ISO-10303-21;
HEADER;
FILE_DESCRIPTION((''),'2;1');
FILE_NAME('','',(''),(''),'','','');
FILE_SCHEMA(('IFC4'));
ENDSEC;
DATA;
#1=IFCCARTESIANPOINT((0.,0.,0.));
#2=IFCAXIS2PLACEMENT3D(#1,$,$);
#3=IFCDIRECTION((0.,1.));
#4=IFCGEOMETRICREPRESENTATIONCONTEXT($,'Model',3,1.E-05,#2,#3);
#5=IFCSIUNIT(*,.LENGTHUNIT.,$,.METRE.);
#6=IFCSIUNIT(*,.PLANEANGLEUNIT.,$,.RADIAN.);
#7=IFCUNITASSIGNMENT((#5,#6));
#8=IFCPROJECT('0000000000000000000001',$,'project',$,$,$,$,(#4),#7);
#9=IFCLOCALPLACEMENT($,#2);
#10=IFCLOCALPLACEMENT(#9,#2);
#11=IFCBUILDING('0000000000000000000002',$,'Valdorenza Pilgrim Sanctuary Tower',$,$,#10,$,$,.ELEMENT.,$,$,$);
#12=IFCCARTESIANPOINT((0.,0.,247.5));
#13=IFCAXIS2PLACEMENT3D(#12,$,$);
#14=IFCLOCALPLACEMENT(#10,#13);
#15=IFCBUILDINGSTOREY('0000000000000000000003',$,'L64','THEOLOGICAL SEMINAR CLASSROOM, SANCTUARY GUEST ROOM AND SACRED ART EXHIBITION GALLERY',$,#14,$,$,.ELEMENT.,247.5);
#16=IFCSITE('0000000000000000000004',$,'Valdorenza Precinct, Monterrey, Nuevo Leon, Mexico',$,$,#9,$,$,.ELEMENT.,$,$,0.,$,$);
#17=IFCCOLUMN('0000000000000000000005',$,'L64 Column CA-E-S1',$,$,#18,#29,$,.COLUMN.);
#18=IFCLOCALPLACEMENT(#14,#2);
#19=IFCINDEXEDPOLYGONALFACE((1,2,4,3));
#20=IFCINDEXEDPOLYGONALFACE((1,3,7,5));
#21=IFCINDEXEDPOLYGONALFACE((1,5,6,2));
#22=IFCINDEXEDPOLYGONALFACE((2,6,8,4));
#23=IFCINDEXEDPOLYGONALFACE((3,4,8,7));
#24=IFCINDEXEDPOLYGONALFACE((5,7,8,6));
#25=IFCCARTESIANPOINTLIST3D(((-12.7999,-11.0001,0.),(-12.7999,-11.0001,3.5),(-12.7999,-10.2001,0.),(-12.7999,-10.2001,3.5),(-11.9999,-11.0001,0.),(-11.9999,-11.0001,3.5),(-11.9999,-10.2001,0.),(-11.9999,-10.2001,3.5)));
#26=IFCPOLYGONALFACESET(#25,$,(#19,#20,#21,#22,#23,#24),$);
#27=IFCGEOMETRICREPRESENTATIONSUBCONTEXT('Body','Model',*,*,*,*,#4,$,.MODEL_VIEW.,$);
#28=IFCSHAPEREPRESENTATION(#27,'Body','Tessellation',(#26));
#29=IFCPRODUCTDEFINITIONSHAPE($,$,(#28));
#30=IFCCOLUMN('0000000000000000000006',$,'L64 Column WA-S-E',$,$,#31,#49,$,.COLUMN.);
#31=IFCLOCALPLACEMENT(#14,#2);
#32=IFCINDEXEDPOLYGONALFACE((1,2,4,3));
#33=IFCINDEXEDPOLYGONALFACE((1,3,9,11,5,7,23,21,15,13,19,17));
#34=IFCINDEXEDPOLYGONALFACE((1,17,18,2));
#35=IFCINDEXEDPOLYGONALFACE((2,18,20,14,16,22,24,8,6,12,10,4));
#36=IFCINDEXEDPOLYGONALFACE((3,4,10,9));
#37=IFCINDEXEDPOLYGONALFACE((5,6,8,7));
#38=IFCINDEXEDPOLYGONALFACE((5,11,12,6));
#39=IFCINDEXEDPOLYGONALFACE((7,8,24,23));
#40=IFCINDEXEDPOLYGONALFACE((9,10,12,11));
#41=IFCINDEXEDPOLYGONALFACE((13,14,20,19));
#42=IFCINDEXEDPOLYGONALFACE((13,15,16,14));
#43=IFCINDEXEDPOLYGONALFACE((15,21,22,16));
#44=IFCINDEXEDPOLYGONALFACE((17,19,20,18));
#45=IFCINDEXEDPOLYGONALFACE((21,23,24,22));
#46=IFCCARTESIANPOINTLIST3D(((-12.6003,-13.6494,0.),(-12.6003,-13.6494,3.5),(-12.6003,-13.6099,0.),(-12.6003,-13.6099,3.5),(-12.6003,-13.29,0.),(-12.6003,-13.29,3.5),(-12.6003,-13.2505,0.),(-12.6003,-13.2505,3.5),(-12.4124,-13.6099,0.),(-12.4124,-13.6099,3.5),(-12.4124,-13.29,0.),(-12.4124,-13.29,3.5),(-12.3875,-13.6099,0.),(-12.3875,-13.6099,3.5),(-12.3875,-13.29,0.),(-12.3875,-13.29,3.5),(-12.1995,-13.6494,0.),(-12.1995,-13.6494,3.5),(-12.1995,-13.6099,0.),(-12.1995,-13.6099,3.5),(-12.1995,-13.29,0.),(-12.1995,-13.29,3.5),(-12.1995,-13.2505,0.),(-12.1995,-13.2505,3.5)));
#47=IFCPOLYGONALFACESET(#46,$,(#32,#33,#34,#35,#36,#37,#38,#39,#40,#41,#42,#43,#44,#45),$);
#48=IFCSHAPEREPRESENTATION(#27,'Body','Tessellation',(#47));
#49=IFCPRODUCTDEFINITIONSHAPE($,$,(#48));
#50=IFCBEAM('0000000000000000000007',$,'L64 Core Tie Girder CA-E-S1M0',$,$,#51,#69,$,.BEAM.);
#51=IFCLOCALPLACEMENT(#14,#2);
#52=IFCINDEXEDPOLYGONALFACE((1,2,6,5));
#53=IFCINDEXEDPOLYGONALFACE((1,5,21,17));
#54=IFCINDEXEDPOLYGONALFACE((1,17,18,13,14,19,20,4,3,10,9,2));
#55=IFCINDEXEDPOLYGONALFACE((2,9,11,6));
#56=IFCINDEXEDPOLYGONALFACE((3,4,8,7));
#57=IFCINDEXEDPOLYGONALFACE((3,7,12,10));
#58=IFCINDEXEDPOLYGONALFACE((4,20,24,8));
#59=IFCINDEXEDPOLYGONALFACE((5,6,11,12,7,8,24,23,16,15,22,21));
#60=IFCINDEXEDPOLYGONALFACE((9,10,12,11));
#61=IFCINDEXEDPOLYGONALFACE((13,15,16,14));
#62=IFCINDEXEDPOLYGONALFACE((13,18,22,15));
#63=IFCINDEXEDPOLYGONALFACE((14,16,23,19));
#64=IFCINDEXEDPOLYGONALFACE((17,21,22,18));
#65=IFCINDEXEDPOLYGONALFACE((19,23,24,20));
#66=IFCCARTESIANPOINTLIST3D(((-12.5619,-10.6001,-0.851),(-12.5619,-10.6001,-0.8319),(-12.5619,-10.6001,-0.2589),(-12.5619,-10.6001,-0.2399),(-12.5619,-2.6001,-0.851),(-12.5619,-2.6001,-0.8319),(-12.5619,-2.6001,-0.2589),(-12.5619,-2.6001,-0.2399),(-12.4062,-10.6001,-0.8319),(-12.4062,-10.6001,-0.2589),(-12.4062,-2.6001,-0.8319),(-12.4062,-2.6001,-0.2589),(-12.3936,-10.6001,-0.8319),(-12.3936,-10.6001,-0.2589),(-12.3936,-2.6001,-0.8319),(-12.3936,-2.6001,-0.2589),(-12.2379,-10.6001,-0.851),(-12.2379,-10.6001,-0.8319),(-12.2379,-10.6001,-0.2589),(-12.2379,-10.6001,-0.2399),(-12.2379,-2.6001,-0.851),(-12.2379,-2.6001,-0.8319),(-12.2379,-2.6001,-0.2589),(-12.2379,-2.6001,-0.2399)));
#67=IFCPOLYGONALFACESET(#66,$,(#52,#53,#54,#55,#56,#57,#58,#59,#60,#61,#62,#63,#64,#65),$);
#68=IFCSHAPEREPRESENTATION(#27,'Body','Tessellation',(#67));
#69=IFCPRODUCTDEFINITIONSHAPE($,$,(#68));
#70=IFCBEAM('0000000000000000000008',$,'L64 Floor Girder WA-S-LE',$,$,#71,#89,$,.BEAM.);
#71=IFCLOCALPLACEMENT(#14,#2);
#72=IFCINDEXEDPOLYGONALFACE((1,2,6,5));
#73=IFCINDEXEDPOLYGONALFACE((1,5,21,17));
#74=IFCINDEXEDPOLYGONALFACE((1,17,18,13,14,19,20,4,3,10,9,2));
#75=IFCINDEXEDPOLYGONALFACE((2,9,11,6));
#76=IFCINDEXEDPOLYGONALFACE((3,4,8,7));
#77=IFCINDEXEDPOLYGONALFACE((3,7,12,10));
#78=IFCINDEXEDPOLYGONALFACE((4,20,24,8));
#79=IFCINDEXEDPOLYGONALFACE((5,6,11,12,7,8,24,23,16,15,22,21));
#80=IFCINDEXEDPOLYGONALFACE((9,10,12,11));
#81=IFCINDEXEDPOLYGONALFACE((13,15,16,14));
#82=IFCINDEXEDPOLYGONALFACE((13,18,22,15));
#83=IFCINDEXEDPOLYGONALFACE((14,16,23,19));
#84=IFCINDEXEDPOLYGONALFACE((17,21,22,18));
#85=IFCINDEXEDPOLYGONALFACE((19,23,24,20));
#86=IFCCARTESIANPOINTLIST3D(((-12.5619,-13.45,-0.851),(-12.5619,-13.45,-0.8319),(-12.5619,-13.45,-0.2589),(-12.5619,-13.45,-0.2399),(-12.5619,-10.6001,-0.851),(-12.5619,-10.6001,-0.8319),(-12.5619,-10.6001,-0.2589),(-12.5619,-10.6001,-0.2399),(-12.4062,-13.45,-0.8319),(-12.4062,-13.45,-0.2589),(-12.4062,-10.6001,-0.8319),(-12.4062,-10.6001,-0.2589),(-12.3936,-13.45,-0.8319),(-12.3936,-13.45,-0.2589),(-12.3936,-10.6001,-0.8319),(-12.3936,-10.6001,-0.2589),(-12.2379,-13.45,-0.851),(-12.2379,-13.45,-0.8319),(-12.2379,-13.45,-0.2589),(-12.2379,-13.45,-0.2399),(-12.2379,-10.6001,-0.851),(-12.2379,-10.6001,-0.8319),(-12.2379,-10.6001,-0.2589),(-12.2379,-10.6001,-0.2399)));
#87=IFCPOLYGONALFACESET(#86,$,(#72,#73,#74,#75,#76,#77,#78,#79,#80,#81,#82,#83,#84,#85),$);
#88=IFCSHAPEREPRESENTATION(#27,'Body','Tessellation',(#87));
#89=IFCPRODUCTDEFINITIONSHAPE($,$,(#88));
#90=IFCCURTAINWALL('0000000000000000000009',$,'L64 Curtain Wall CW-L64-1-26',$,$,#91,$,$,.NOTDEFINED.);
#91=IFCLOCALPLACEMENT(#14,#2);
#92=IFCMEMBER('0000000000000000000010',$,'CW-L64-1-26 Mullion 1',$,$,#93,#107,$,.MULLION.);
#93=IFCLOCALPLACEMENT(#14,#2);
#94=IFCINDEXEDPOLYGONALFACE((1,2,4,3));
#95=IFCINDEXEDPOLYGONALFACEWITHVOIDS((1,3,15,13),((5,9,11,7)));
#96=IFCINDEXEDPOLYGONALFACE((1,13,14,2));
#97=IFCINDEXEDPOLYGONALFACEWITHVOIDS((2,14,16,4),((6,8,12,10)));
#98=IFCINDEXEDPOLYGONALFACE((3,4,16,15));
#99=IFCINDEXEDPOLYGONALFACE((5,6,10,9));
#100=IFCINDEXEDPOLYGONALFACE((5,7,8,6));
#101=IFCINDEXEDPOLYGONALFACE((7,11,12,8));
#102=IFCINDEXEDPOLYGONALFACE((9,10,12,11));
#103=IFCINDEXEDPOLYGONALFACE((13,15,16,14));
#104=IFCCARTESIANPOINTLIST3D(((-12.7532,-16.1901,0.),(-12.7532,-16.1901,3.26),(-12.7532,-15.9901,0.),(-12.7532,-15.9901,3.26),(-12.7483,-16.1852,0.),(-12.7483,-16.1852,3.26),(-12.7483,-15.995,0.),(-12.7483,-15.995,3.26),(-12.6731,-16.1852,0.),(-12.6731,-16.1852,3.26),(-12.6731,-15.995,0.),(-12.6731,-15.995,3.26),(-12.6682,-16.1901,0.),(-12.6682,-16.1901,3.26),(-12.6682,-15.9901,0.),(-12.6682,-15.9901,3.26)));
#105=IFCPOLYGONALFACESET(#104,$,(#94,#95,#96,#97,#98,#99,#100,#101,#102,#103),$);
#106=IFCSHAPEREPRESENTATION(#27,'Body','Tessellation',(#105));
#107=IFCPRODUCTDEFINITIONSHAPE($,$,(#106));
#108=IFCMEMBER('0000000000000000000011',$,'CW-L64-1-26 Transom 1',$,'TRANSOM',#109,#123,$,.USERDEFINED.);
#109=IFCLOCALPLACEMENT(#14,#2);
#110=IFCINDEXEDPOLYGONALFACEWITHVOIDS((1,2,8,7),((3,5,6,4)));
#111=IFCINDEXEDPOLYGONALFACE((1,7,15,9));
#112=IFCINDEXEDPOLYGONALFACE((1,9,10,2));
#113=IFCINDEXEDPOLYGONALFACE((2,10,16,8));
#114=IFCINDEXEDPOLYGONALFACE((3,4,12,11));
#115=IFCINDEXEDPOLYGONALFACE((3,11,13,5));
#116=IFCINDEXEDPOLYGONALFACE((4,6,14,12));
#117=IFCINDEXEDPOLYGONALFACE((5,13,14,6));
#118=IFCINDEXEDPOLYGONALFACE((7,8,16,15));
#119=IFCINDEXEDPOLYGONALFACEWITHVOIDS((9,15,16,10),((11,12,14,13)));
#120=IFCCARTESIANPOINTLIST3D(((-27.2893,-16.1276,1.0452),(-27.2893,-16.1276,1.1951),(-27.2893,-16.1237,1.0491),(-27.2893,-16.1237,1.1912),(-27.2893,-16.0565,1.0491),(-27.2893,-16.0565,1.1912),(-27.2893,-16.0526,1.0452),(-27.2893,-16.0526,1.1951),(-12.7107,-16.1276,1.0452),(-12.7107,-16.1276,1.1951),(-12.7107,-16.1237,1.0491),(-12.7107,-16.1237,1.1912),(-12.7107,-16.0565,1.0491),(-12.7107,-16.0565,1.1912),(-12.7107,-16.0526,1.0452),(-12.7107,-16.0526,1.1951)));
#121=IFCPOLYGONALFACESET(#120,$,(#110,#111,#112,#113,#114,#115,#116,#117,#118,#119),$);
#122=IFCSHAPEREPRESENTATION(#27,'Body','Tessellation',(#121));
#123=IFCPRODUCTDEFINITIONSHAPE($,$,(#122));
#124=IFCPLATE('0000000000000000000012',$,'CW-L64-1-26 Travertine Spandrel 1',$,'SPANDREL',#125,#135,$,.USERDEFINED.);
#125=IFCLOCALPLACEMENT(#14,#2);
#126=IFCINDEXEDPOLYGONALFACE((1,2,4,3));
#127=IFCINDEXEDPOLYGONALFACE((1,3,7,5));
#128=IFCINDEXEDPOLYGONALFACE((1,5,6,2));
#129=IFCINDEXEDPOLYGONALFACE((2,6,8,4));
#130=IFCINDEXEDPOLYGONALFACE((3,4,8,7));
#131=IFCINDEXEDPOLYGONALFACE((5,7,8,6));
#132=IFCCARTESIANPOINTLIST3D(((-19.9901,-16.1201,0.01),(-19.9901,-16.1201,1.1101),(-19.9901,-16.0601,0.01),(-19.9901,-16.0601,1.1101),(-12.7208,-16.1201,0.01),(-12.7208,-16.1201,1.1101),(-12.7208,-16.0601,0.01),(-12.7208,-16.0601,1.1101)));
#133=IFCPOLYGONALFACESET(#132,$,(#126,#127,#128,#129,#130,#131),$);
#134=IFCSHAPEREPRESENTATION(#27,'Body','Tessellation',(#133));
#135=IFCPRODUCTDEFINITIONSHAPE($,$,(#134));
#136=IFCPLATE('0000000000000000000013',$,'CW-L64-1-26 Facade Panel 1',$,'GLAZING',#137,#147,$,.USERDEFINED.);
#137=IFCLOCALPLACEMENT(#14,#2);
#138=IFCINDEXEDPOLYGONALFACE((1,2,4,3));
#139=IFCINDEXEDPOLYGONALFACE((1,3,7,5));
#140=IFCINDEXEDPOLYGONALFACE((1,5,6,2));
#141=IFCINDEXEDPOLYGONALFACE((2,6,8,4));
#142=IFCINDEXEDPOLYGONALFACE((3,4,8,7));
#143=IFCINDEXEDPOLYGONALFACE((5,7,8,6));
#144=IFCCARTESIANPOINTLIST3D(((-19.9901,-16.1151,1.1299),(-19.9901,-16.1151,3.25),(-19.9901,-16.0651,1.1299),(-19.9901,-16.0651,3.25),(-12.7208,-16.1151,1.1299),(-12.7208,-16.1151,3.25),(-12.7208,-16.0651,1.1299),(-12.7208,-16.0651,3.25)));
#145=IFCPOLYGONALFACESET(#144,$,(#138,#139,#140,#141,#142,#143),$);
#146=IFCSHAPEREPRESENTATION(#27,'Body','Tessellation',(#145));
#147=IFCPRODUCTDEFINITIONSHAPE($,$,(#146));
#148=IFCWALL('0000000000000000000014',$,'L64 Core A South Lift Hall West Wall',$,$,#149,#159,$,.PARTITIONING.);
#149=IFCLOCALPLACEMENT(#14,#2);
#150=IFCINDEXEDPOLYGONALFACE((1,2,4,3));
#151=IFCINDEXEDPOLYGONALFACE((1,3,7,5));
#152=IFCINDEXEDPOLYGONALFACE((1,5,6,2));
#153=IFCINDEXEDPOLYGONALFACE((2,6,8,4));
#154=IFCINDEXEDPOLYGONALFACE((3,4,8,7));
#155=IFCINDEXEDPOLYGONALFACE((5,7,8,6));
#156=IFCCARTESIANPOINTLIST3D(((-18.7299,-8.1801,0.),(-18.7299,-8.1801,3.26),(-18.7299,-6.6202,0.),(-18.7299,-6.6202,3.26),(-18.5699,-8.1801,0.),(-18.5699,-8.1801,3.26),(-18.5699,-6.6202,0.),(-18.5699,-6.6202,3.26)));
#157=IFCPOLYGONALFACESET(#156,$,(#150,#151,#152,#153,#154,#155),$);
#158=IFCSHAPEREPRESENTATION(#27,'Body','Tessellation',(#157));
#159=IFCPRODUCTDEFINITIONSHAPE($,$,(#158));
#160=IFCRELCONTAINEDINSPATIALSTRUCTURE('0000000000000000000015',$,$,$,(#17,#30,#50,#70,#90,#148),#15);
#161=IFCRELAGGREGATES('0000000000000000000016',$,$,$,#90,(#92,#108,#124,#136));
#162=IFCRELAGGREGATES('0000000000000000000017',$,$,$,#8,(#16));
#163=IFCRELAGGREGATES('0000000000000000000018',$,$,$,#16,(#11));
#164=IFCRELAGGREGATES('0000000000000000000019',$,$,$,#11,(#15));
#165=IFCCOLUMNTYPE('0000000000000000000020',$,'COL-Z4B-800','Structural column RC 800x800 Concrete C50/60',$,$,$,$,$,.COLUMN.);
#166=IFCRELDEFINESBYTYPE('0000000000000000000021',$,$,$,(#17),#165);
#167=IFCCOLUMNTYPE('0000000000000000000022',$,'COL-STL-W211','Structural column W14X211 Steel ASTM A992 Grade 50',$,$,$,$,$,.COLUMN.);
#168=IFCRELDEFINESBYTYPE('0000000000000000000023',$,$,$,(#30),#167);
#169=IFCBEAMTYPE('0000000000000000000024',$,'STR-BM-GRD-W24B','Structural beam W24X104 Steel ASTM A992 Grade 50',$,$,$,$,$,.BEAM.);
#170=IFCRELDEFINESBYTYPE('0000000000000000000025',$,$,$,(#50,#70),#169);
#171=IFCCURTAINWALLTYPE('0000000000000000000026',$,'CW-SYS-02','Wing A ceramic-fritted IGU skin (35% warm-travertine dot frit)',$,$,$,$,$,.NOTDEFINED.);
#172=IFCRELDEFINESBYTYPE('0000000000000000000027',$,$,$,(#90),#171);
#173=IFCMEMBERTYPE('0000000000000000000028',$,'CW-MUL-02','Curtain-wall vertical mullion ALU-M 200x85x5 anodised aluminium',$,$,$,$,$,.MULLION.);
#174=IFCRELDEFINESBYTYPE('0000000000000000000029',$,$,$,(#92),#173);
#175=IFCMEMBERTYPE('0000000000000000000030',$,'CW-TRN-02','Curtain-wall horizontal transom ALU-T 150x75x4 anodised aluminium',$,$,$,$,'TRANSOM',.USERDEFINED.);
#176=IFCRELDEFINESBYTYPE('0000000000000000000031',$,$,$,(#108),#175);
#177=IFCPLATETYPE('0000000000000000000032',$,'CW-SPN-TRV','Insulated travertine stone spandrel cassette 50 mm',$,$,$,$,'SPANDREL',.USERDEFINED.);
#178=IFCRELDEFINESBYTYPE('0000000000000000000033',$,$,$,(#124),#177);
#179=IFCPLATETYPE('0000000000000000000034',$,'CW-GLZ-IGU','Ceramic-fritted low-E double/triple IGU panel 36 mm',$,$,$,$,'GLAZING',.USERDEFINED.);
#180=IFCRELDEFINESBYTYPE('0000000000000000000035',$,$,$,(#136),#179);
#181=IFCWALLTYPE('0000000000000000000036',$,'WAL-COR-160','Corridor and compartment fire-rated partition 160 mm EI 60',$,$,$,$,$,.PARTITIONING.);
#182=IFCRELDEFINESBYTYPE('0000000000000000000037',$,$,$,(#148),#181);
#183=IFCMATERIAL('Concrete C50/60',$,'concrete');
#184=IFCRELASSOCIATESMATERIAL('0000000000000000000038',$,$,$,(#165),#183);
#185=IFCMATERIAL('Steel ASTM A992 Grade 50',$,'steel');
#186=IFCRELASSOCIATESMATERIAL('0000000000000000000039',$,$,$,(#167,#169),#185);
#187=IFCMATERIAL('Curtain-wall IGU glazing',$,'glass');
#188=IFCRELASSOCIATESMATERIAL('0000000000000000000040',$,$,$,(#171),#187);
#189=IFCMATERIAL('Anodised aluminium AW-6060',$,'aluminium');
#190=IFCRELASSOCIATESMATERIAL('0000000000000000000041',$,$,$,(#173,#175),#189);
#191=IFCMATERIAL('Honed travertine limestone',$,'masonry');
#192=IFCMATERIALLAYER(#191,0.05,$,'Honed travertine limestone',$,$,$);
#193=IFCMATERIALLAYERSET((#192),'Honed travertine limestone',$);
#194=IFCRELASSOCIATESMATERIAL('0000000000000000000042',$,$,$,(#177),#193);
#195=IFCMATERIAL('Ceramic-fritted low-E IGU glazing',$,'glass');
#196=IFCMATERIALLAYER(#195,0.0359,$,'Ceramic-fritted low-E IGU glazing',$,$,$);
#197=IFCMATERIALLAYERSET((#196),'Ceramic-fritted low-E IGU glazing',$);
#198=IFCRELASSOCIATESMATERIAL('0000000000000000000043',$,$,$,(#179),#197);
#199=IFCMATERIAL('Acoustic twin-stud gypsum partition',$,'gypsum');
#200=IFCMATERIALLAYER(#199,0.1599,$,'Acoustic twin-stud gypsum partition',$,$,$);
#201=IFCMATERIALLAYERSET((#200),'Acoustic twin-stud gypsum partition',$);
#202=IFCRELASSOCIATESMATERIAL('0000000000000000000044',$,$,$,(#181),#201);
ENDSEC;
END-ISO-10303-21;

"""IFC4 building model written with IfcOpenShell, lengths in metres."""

from ifc_helpers import new_model, si_unit, direction, frame, frame_2d, origin, origin_2d, place, context, subcontext, project, spatial, rectangle, hollow_rectangle, i_section, extrude, source, transform, mapped, material, layer, layer_set, material_profile, profile_set, type_object, element, aggregate, save


model = new_model("IFC4")

# Units and contexts
model_context = context("Model", 3, precision=1e-05, world=origin(), true_north=direction((0.0, 1.0)))
body_context = subcontext(model_context, "Body", "Model", "MODEL_VIEW")
ifc_project = project(units=[si_unit("LENGTHUNIT", "METRE"), si_unit("PLANEANGLEUNIT", "RADIAN")], contexts=[model_context])

# Site, building, storey
site_placement = place(None, origin())
site = spatial("IfcSite", under=ifc_project, at=site_placement, Name="Valdorenza Precinct, Monterrey, Nuevo Leon, Mexico", CompositionType="ELEMENT", RefElevation=0.0)
building_placement = place(site_placement, origin())
building = spatial("IfcBuilding", under=site, at=building_placement, Name="Valdorenza Pilgrim Sanctuary Tower", CompositionType="ELEMENT")
storey_placement = place(building_placement, frame((0.0, 0.0, 247.5)))
storey = spatial("IfcBuildingStorey", under=building, at=storey_placement, Name="L64", Description="THEOLOGICAL SEMINAR CLASSROOM, SANCTUARY GUEST ROOM AND SACRED ART EXHIBITION GALLERY", CompositionType="ELEMENT", Elevation=247.5)

# Columns
ifc_material_1 = material(Name="Concrete C50/60", Category="concrete")
ifc_material_profile_1 = material_profile(ifc_material_1, rectangle(XDim=0.8, YDim=0.8, at=origin_2d()), Name="RC 800x800")
ifc_profile_set_1 = profile_set([ifc_material_profile_1], Name="Concrete C50/60")
column_type_1 = type_object("IfcColumnType", Name="COL-Z4B-800", Description="Structural column RC 800x800 Concrete C50/60", PredefinedType="COLUMN", material=ifc_profile_set_1)
shared_shape_1 = source(origin(), body_context, "Body", "SweptSolid", [
    extrude(rectangle(XDim=0.8, YDim=0.8, at=origin_2d()), origin(), (0.0, 0.0, 1.0), 3.5),
])
column_1_placement = place(storey_placement, frame((-12.3999, -10.6001, 0.0), z_axis=(0.0, 0.0, 1.0), x_axis=(1.0, 0.0, 0.0)))
element("IfcColumn", 1, at=column_1_placement, inside=storey, type_object=column_type_1, Name="L64 Column CA-E-S1", PredefinedType="COLUMN", context=body_context, shape_type="MappedRepresentation", body=[
    mapped(shared_shape_1, transform((0.0, 0.0, 0.0), x_axis=(1.0, 0.0, 0.0), y_axis=(0.0, 1.0, 0.0), z_axis=(0.0, 0.0, 1.0), scale=1.0)),
])
ifc_material_2 = material(Name="Steel ASTM A992 Grade 50", Category="steel")
ifc_material_profile_2 = material_profile(ifc_material_2, i_section(OverallWidth=0.4009, OverallDepth=0.3989, WebThickness=0.0249, FlangeThickness=0.0396, at=origin_2d()), Name="W14X211")
ifc_profile_set_2 = profile_set([ifc_material_profile_2], Name="Steel ASTM A992 Grade 50")
column_type_2 = type_object("IfcColumnType", Name="COL-STL-W211", Description="Structural column W14X211 Steel ASTM A992 Grade 50", PredefinedType="COLUMN", material=ifc_profile_set_2)
shared_shape_2 = source(origin(), body_context, "Body", "SweptSolid", [
    extrude(i_section(OverallWidth=0.4009, OverallDepth=0.3989, WebThickness=0.0249, FlangeThickness=0.0396, at=origin_2d()), origin(), (0.0, 0.0, 1.0), 3.5),
])
column_2_placement = place(storey_placement, frame((-12.3999, -13.45, 0.0), z_axis=(0.0, 0.0, 1.0), x_axis=(1.0, 0.0, 0.0)))
element("IfcColumn", 2, at=column_2_placement, inside=storey, type_object=column_type_2, Name="L64 Column WA-S-E", PredefinedType="COLUMN", context=body_context, shape_type="MappedRepresentation", body=[
    mapped(shared_shape_2, transform((0.0, 0.0, 0.0), x_axis=(1.0, 0.0, 0.0), y_axis=(0.0, 1.0, 0.0), z_axis=(0.0, 0.0, 1.0), scale=1.0)),
])

# Beams
ifc_material_profile_3 = material_profile(ifc_material_2, i_section(OverallWidth=0.324, OverallDepth=0.6111, WebThickness=0.0127, FlangeThickness=0.019, at=origin_2d()), Name="W24X104")
ifc_profile_set_3 = profile_set([ifc_material_profile_3], Name="Steel ASTM A992 Grade 50")
beam_type = type_object("IfcBeamType", Name="STR-BM-GRD-W24B", Description="Structural beam W24X104 Steel ASTM A992 Grade 50", PredefinedType="BEAM", material=ifc_profile_set_3)
shared_shape_3 = source(origin(), body_context, "Body", "SweptSolid", [
    extrude(i_section(OverallWidth=0.324, OverallDepth=0.6111, WebThickness=0.0127, FlangeThickness=0.019, at=origin_2d()), origin(), (0.0, 0.0, 1.0), 8.0),
])
beam_1_placement = place(storey_placement, frame((-12.3999, -10.6001, -0.5454), z_axis=(0.0, 1.0, 0.0), x_axis=(-1.0, 0.0, 0.0)))
element("IfcBeam", 3, at=beam_1_placement, inside=storey, type_object=beam_type, Name="L64 Core Tie Girder CA-E-S1M0", PredefinedType="BEAM", context=body_context, shape_type="MappedRepresentation", body=[
    mapped(shared_shape_3, transform((0.0, 0.0, 0.0), x_axis=(1.0, 0.0, 0.0), y_axis=(0.0, 1.0, 0.0), z_axis=(0.0, 0.0, 1.0), scale=1.0)),
])
shared_shape_4 = source(origin(), body_context, "Body", "SweptSolid", [
    extrude(i_section(OverallWidth=0.324, OverallDepth=0.6111, WebThickness=0.0127, FlangeThickness=0.019, at=origin_2d()), origin(), (0.0, 0.0, 1.0), 2.8499),
])
beam_2_placement = place(storey_placement, frame((-12.3999, -13.45, -0.5454), z_axis=(0.0, 1.0, 0.0), x_axis=(-1.0, 0.0, 0.0)))
element("IfcBeam", 4, at=beam_2_placement, inside=storey, type_object=beam_type, Name="L64 Floor Girder WA-S-LE", PredefinedType="BEAM", context=body_context, shape_type="MappedRepresentation", body=[
    mapped(shared_shape_4, transform((0.0, 0.0, 0.0), x_axis=(1.0, 0.0, 0.0), y_axis=(0.0, 1.0, 0.0), z_axis=(0.0, 0.0, 1.0), scale=1.0)),
])

# Curtain wall, members, plates
ifc_material_3 = material(Name="Curtain-wall IGU glazing", Category="glass")
curtain_wall_type = type_object("IfcCurtainWallType", Name="CW-SYS-02", Description="Wing A ceramic-fritted IGU skin (35% warm-travertine dot frit)", PredefinedType="NOTDEFINED", material=ifc_material_3)
curtain_wall_placement = place(storey_placement, origin())
curtain_wall = element("IfcCurtainWall", 5, at=curtain_wall_placement, inside=storey, type_object=curtain_wall_type, Name="L64 Curtain Wall CW-L64-1-26", PredefinedType="NOTDEFINED")
ifc_material_4 = material(Name="Anodised aluminium AW-6060", Category="aluminium")
ifc_material_profile_4 = material_profile(ifc_material_4, hollow_rectangle(XDim=0.085, YDim=0.2, WallThickness=0.0049, at=origin_2d()), Name="ALU-M 200x85x5")
ifc_profile_set_4 = profile_set([ifc_material_profile_4], Name="Anodised aluminium AW-6060")
member_type_1 = type_object("IfcMemberType", Name="CW-MUL-02", Description="Curtain-wall vertical mullion ALU-M 200x85x5 anodised aluminium", PredefinedType="MULLION", material=ifc_profile_set_4)
shared_shape_5 = source(origin(), body_context, "Body", "SweptSolid", [
    extrude(hollow_rectangle(XDim=0.085, YDim=0.2, WallThickness=0.0049, at=origin_2d()), origin(), (0.0, 0.0, 1.0), 3.26),
])
member_1_placement = place(storey_placement, frame((-12.7107, -16.0901, 0.0), z_axis=(0.0, 0.0, 1.0), x_axis=(-1.0, 0.0, 0.0)))
member_1 = element("IfcMember", 6, at=member_1_placement, type_object=member_type_1, Name="CW-L64-1-26 Mullion 1", PredefinedType="MULLION", context=body_context, shape_type="MappedRepresentation", body=[
    mapped(shared_shape_5, transform((0.0, 0.0, 0.0), x_axis=(1.0, 0.0, 0.0), y_axis=(0.0, 1.0, 0.0), z_axis=(0.0, 0.0, 1.0), scale=1.0)),
])
ifc_material_profile_5 = material_profile(ifc_material_4, hollow_rectangle(XDim=0.075, YDim=0.1499, WallThickness=0.0039, at=origin_2d()), Name="ALU-T 150x75x4")
ifc_profile_set_5 = profile_set([ifc_material_profile_5], Name="Anodised aluminium AW-6060")
member_type_2 = type_object("IfcMemberType", Name="CW-TRN-02", Description="Curtain-wall horizontal transom ALU-T 150x75x4 anodised aluminium", ElementType="TRANSOM", PredefinedType="USERDEFINED", material=ifc_profile_set_5)
shared_shape_6 = source(origin(), body_context, "Body", "SweptSolid", [
    extrude(hollow_rectangle(XDim=0.075, YDim=0.1499, WallThickness=0.0039, at=origin_2d()), origin(), (0.0, 0.0, 1.0), 14.5786),
])
member_2_placement = place(storey_placement, frame((-12.7107, -16.0901, 1.1201), z_axis=(-1.0, 0.0, 0.0), x_axis=(0.0, -1.0, 0.0)))
member_2 = element("IfcMember", 7, at=member_2_placement, type_object=member_type_2, Name="CW-L64-1-26 Transom 1", ObjectType="TRANSOM", PredefinedType="USERDEFINED", context=body_context, shape_type="MappedRepresentation", body=[
    mapped(shared_shape_6, transform((0.0, 0.0, 0.0), x_axis=(1.0, 0.0, 0.0), y_axis=(0.0, 1.0, 0.0), z_axis=(0.0, 0.0, 1.0), scale=1.0)),
])
ifc_material_5 = material(Name="Honed travertine limestone", Category="masonry")
ifc_layer_1 = layer(ifc_material_5, 0.05, Name="Honed travertine limestone")
ifc_layer_set_1 = layer_set([ifc_layer_1], Name="Honed travertine limestone")
plate_type_1 = type_object("IfcPlateType", Name="CW-SPN-TRV", Description="Insulated travertine stone spandrel cassette 50 mm", ElementType="SPANDREL", PredefinedType="USERDEFINED", material=ifc_layer_set_1)
shared_shape_7 = source(origin(), body_context, "Body", "SweptSolid", [
    extrude(rectangle(XDim=7.2693, YDim=0.0601, at=origin_2d()), origin(), (0.0, 0.0, 1.0), 1.1001),
])
plate_1_placement = place(storey_placement, frame((-16.3555, -16.0901, 0.01), z_axis=(0.0, 0.0, 1.0), x_axis=(-1.0, 0.0, 0.0)))
plate_1 = element("IfcPlate", 8, at=plate_1_placement, type_object=plate_type_1, Name="CW-L64-1-26 Travertine Spandrel 1", ObjectType="SPANDREL", PredefinedType="USERDEFINED", context=body_context, shape_type="MappedRepresentation", body=[
    mapped(shared_shape_7, transform((0.0, 0.0, 0.0), x_axis=(1.0, 0.0, 0.0), y_axis=(0.0, 1.0, 0.0), z_axis=(0.0, 0.0, 1.0), scale=1.0)),
])
ifc_material_6 = material(Name="Ceramic-fritted low-E IGU glazing", Category="glass")
ifc_layer_2 = layer(ifc_material_6, 0.0359, Name="Ceramic-fritted low-E IGU glazing")
ifc_layer_set_2 = layer_set([ifc_layer_2], Name="Ceramic-fritted low-E IGU glazing")
plate_type_2 = type_object("IfcPlateType", Name="CW-GLZ-IGU", Description="Ceramic-fritted low-E double/triple IGU panel 36 mm", ElementType="GLAZING", PredefinedType="USERDEFINED", material=ifc_layer_set_2)
shared_shape_8 = source(origin(), body_context, "Body", "SweptSolid", [
    extrude(rectangle(XDim=7.2693, YDim=0.05, at=origin_2d()), origin(), (0.0, 0.0, 1.0), 2.1201),
])
plate_2_placement = place(storey_placement, frame((-16.3555, -16.0901, 1.1299), z_axis=(0.0, 0.0, 1.0), x_axis=(-1.0, 0.0, 0.0)))
plate_2 = element("IfcPlate", 9, at=plate_2_placement, type_object=plate_type_2, Name="CW-L64-1-26 Facade Panel 1", ObjectType="GLAZING", PredefinedType="USERDEFINED", context=body_context, shape_type="MappedRepresentation", body=[
    mapped(shared_shape_8, transform((0.0, 0.0, 0.0), x_axis=(1.0, 0.0, 0.0), y_axis=(0.0, 1.0, 0.0), z_axis=(0.0, 0.0, 1.0), scale=1.0)),
])
aggregate(curtain_wall, [member_1, member_2, plate_1, plate_2])

# Wall
ifc_material_7 = material(Name="Acoustic twin-stud gypsum partition", Category="gypsum")
ifc_layer_3 = layer(ifc_material_7, 0.1599, Name="Acoustic twin-stud gypsum partition")
ifc_layer_set_3 = layer_set([ifc_layer_3], Name="Acoustic twin-stud gypsum partition")
wall_type_1 = type_object("IfcWallType", Name="WAL-COR-160", Description="Corridor and compartment fire-rated partition 160 mm EI 60", PredefinedType="PARTITIONING", material=ifc_layer_set_3)
wall_1_placement = place(storey_placement, frame((-18.6499, -8.1799, 0.0), z_axis=(0.0, 0.0, 1.0), x_axis=(0.0, 1.0, 0.0)))
element("IfcWall", 10, at=wall_1_placement, inside=storey, type_object=wall_type_1, Name="L64 Core A South Lift Hall West Wall", PredefinedType="PARTITIONING", context=body_context, shape_type="SweptSolid", body=[
    extrude(rectangle(XDim=1.5598, YDim=0.1599, at=frame_2d((0.7798, 0.0))), origin(), (0.0, 0.0, 1.0), 3.26),
])

save(model, "model.ifc")
